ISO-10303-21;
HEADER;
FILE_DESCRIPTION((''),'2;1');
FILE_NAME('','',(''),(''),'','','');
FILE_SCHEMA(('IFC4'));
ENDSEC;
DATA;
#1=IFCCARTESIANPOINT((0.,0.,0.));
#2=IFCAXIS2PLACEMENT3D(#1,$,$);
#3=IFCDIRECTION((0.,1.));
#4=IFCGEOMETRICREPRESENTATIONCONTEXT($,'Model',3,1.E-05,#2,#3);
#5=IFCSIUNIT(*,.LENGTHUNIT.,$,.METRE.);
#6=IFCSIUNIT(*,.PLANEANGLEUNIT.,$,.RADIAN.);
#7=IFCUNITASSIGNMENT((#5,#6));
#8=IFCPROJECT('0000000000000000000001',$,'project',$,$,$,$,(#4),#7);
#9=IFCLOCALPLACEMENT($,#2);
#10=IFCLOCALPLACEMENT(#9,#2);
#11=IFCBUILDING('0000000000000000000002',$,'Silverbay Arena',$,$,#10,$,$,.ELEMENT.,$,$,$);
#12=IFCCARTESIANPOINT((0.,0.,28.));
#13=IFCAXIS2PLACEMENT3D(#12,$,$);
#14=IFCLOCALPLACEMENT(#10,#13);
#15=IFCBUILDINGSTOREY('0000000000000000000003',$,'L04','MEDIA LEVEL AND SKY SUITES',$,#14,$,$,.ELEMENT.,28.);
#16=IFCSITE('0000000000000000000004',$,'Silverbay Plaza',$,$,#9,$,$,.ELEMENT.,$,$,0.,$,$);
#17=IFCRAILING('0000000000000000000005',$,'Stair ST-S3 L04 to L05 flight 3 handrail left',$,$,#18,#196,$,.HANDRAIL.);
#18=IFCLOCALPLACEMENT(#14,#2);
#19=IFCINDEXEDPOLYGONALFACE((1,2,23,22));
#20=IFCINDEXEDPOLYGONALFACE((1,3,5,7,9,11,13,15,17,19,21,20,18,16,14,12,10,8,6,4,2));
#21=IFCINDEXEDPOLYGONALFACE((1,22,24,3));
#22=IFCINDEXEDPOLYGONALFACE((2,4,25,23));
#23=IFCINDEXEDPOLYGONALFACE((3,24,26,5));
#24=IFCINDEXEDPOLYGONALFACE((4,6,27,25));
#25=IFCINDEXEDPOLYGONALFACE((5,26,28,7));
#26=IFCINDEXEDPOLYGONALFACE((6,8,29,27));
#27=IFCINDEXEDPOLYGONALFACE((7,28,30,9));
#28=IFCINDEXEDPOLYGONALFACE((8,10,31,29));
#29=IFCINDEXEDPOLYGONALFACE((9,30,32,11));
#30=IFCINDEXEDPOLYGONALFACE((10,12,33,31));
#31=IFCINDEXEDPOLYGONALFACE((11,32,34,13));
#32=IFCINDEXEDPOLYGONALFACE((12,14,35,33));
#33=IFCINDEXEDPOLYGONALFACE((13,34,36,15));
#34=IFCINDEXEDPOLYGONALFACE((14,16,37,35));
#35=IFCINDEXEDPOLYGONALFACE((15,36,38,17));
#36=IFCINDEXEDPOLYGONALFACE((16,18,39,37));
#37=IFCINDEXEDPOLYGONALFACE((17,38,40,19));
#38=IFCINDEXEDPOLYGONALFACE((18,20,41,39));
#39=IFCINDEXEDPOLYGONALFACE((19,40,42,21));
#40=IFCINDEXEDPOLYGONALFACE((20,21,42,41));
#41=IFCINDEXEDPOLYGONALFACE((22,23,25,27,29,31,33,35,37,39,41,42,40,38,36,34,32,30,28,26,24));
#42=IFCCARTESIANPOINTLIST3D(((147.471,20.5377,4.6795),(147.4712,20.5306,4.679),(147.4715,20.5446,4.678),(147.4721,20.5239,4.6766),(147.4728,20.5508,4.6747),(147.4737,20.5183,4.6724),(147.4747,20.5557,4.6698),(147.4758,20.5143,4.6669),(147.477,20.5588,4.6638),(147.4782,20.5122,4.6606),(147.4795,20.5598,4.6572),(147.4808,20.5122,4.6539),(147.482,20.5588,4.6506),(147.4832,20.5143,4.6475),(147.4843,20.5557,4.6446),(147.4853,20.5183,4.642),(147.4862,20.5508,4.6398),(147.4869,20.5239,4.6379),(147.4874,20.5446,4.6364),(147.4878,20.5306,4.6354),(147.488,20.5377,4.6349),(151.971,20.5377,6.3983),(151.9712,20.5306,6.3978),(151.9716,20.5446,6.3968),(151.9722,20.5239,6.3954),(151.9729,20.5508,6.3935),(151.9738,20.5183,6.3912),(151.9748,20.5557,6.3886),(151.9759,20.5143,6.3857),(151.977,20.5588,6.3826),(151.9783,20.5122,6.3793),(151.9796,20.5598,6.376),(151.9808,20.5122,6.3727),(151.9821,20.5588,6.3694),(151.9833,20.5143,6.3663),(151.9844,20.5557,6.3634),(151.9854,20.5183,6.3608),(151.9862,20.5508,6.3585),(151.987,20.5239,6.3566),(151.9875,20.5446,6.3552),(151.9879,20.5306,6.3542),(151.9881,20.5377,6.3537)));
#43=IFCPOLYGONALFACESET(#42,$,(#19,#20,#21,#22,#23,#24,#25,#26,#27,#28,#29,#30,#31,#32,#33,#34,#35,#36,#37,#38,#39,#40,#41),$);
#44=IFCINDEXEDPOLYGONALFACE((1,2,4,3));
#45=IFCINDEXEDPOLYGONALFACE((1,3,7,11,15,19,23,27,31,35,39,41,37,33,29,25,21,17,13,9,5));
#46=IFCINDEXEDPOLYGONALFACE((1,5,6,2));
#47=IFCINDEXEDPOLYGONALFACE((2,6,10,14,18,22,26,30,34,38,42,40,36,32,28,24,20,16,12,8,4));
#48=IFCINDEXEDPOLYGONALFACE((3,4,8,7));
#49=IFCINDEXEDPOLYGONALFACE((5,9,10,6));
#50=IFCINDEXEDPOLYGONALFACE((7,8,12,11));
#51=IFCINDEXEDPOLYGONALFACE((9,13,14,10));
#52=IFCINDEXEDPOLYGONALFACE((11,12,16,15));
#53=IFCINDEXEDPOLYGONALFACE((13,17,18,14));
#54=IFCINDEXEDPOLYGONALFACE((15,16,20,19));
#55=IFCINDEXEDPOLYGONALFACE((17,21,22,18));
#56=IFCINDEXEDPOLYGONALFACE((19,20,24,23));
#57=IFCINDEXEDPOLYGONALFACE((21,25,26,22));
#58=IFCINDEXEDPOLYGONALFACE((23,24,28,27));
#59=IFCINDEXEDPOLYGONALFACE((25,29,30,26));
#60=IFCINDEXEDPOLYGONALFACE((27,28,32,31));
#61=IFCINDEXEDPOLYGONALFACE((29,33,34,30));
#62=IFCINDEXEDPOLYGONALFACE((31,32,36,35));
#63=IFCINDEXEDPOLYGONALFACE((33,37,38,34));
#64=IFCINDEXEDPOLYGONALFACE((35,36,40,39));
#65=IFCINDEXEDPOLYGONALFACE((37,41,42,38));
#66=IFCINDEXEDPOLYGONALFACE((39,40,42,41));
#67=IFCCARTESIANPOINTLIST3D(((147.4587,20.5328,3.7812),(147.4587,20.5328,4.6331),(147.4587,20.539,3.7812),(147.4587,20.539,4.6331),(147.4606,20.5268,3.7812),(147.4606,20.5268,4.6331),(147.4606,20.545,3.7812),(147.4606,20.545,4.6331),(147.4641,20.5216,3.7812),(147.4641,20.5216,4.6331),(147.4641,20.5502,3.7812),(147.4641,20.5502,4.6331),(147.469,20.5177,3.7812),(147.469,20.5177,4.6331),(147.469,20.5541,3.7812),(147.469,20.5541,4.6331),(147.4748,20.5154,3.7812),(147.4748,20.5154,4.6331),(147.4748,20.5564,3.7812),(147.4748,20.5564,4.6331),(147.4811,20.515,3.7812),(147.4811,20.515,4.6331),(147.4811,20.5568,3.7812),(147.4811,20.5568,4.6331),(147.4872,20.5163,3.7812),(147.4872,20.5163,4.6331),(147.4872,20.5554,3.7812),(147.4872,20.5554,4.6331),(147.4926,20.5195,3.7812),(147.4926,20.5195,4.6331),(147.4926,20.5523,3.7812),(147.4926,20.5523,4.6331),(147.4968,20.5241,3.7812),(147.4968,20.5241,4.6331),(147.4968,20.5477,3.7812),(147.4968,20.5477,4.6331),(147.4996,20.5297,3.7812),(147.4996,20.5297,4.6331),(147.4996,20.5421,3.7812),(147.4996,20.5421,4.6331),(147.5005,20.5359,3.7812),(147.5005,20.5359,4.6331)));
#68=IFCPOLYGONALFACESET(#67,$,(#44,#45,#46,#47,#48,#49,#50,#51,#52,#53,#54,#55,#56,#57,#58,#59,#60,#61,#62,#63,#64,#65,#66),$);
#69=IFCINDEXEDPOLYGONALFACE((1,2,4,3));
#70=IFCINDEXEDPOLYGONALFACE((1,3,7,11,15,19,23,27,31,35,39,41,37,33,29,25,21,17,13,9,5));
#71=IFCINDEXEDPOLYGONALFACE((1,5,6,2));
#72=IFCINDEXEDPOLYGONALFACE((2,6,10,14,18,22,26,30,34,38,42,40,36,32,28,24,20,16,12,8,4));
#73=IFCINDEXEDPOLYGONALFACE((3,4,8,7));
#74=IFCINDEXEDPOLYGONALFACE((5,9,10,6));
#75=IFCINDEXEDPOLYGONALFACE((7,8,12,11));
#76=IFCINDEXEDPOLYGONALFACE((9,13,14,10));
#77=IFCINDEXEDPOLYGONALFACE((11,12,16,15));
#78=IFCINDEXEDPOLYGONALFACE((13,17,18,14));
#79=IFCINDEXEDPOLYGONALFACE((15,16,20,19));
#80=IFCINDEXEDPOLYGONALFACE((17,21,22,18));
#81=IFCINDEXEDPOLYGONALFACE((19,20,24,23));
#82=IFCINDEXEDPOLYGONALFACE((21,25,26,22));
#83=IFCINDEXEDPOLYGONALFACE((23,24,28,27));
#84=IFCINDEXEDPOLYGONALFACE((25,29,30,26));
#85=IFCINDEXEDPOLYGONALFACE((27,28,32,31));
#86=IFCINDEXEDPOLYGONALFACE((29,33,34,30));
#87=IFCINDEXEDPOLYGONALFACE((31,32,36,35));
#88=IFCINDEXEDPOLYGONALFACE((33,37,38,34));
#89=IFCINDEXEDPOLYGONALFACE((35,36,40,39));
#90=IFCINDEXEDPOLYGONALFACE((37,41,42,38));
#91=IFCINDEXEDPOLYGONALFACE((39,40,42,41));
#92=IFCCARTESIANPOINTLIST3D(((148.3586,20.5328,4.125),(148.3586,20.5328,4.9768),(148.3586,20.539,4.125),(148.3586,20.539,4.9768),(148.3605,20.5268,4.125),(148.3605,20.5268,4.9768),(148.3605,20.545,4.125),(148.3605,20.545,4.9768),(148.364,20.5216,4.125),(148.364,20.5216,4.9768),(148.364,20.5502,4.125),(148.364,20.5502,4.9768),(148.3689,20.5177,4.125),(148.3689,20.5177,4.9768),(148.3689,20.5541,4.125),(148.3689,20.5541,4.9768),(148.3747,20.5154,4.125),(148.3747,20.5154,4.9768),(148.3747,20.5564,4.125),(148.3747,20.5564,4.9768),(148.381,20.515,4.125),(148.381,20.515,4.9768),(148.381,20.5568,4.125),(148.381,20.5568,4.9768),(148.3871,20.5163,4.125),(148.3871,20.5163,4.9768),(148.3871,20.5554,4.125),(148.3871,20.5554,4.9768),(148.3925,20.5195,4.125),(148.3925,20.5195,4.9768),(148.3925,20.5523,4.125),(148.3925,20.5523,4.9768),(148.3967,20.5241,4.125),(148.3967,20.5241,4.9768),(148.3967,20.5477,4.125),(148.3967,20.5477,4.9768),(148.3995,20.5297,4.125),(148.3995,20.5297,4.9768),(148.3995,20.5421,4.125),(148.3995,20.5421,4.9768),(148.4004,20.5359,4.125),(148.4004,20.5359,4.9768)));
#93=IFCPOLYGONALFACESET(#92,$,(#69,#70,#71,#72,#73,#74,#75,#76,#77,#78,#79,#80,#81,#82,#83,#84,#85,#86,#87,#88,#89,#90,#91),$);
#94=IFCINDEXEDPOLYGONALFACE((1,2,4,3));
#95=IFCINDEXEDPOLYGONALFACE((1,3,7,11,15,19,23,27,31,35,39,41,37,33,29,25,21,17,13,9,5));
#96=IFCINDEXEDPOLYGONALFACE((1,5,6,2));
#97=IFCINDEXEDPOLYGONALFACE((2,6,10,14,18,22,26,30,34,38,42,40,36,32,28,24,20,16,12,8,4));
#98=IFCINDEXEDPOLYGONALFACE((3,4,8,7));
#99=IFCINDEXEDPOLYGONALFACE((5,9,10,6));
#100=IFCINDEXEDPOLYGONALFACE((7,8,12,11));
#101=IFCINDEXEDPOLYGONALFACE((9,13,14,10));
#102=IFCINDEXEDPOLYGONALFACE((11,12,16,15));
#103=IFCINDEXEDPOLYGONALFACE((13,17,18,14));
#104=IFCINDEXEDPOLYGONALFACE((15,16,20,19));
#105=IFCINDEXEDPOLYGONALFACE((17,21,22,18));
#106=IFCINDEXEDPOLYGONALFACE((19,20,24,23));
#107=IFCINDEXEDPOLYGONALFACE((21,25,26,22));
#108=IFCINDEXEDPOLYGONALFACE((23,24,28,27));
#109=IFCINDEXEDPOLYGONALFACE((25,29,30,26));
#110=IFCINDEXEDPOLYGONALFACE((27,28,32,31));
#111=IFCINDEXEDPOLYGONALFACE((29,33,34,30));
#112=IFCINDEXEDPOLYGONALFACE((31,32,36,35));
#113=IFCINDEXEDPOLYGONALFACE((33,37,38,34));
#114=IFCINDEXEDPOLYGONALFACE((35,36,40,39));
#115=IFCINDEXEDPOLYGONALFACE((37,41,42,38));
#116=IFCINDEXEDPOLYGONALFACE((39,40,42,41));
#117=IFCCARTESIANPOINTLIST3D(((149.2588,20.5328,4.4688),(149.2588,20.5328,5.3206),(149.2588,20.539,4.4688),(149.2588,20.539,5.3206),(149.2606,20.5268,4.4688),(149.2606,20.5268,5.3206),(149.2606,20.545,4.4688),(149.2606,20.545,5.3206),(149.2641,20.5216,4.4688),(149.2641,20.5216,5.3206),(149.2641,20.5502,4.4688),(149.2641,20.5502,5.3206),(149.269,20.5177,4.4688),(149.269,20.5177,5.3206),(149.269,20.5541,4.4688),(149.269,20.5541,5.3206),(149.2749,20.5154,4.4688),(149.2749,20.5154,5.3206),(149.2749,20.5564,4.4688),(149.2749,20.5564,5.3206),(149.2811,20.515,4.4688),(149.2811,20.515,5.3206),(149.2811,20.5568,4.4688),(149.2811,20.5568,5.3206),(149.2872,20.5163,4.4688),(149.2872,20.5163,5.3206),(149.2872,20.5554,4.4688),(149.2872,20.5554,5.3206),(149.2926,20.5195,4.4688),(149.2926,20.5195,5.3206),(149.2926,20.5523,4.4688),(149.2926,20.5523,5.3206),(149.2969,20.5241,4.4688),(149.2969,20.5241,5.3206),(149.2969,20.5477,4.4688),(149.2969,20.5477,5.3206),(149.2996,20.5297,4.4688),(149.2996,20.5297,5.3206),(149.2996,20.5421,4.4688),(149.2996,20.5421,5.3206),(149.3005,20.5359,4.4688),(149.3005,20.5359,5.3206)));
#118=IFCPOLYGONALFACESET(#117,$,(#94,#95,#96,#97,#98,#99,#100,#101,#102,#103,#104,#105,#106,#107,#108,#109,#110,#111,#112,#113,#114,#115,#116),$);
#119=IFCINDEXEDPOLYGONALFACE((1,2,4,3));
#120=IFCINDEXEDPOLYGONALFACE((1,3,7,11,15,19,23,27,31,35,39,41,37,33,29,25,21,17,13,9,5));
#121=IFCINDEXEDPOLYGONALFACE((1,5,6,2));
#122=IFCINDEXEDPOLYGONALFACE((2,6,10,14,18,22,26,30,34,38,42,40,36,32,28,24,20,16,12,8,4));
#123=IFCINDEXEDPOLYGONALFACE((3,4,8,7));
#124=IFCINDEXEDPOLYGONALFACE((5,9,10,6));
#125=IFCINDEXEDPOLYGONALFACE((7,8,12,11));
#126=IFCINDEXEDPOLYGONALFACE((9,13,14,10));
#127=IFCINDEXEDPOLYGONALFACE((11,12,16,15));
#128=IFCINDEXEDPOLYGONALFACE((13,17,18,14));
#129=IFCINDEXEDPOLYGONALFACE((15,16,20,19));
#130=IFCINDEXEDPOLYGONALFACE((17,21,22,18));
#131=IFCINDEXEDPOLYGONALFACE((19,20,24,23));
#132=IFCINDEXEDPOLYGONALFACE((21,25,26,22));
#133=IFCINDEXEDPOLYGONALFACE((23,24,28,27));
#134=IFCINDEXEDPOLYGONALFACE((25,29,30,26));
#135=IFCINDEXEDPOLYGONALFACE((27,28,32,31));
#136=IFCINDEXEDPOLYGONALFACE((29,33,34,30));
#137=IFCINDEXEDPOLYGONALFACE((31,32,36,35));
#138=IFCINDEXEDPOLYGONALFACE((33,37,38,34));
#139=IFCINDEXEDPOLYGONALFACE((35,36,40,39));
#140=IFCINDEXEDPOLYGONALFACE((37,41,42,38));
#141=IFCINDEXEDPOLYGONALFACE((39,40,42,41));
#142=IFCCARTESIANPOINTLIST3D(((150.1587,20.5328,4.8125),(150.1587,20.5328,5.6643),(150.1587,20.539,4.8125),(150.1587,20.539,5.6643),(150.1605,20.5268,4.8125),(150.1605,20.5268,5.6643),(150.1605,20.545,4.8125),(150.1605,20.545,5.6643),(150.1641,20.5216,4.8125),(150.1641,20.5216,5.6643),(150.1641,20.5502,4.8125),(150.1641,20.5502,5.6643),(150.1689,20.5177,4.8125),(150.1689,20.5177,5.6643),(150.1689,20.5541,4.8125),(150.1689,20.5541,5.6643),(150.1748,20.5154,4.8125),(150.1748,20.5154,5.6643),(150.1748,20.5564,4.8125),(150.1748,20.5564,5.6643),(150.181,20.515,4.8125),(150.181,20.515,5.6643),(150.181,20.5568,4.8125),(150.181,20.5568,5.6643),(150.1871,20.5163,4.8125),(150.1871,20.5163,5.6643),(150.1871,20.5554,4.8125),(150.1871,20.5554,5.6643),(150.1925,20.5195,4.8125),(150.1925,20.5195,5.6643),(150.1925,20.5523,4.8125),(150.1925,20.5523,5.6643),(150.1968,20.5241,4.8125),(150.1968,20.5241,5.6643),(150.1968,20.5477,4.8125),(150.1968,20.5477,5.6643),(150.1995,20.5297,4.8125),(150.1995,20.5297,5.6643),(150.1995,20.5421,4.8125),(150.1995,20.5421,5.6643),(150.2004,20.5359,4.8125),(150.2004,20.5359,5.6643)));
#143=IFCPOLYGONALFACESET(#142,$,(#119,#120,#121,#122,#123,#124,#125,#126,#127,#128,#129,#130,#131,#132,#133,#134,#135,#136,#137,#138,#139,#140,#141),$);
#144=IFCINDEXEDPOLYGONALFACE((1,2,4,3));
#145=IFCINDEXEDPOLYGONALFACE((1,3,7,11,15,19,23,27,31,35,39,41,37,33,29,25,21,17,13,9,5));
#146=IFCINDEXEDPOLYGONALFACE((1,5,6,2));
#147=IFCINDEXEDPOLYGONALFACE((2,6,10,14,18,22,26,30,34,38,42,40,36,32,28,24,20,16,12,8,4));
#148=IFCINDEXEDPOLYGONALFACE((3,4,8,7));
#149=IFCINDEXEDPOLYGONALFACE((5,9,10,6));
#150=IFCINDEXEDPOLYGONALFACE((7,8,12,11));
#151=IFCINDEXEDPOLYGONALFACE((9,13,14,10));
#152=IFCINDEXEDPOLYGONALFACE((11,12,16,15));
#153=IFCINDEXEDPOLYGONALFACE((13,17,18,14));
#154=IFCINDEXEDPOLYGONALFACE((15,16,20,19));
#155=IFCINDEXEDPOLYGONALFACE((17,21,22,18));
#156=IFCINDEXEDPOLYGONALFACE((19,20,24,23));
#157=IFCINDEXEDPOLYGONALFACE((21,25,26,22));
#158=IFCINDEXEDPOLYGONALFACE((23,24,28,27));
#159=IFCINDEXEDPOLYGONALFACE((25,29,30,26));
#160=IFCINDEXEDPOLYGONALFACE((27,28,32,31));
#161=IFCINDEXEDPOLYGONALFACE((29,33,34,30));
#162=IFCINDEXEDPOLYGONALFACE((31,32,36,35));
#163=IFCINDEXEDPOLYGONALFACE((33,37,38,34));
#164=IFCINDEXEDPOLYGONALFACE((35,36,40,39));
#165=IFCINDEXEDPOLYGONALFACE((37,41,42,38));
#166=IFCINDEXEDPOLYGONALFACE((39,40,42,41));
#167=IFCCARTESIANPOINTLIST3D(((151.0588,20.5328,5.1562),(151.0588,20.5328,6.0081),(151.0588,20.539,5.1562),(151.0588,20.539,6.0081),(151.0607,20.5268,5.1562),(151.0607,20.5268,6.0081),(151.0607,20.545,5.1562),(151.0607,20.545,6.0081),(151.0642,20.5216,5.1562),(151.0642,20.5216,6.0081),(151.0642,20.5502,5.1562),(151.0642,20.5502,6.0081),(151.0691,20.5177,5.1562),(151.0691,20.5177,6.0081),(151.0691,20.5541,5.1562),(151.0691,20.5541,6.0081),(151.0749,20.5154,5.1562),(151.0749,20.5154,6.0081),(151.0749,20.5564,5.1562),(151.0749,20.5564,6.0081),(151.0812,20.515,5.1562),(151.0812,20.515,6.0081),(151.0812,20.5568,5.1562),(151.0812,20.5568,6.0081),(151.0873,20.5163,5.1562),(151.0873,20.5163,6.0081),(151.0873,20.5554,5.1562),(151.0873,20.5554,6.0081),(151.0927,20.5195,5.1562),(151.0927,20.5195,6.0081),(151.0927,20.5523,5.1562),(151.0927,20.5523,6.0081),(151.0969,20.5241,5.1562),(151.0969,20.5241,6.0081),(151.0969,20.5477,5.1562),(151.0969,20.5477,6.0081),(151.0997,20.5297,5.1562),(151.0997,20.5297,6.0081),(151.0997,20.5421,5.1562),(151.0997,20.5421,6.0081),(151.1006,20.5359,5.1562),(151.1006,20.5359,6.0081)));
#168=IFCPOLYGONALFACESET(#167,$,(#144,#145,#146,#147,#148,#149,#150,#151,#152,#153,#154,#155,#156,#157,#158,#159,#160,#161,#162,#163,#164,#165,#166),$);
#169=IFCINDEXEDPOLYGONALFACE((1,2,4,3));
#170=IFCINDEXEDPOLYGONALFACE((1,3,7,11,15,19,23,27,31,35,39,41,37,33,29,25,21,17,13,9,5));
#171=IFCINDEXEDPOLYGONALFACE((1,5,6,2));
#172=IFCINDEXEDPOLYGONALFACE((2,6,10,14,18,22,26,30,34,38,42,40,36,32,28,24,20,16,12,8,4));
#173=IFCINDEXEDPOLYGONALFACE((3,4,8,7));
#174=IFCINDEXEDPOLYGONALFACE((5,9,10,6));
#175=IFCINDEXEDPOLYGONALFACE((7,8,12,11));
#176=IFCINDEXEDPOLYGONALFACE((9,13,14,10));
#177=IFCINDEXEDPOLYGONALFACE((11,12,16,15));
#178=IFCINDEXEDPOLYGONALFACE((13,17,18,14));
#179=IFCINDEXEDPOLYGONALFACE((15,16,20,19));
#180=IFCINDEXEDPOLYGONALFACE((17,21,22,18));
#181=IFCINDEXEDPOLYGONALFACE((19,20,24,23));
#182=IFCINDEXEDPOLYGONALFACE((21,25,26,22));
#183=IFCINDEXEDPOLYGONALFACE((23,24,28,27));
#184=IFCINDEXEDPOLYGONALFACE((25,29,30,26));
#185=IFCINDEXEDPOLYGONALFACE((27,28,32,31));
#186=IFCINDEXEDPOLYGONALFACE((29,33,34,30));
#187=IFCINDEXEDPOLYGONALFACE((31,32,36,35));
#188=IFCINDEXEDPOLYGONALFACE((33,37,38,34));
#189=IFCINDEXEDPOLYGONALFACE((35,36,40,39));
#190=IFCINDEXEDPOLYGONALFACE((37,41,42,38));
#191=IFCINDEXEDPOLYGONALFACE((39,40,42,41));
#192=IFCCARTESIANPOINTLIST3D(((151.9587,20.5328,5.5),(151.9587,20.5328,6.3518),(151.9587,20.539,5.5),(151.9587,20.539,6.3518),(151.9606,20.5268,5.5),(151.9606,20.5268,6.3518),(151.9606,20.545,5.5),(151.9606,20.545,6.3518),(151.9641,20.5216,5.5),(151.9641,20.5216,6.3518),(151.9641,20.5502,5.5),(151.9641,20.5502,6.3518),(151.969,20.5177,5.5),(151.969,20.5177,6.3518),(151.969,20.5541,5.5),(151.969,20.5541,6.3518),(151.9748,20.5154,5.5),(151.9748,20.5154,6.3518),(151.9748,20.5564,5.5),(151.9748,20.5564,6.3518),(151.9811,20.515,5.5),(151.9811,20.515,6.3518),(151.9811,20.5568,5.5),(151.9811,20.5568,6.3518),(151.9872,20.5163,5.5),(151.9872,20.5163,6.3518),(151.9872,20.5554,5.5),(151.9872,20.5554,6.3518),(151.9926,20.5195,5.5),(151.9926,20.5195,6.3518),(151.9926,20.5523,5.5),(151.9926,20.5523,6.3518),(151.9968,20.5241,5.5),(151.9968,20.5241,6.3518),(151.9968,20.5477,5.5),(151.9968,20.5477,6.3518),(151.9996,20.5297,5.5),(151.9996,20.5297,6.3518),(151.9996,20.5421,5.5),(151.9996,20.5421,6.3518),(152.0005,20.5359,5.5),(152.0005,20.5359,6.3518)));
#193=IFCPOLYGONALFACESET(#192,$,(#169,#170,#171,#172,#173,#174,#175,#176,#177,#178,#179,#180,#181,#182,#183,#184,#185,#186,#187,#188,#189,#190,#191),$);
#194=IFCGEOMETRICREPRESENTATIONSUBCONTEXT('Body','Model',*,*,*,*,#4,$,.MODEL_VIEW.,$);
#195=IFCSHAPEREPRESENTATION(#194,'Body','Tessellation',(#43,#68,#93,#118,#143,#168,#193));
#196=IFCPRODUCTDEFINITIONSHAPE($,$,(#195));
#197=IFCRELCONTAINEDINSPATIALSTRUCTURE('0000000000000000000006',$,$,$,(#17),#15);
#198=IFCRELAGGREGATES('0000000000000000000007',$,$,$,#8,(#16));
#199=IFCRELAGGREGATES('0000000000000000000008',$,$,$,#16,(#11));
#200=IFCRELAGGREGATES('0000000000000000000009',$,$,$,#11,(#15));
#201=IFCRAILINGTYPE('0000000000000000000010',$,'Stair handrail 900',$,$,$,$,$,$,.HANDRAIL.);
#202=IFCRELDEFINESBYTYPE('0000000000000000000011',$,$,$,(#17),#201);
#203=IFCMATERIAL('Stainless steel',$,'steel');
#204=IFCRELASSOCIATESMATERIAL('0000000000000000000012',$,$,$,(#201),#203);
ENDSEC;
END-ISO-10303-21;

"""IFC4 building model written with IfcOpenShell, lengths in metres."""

from ifc_helpers import new_model, si_unit, direction, frame, origin, origin_2d, place, context, subcontext, project, spatial, circle, extrude, material, type_object, element, save


model = new_model("IFC4")

# Units and contexts
model_context = context("Model", 3, precision=1e-05, world=origin(), true_north=direction((0.0, 1.0)))
body_context = subcontext(model_context, "Body", "Model", "MODEL_VIEW")
ifc_project = project(units=[si_unit("LENGTHUNIT", "METRE"), si_unit("PLANEANGLEUNIT", "RADIAN")], contexts=[model_context])

# Site, building, storey
site_placement = place(None, origin())
site = spatial("IfcSite", under=ifc_project, at=site_placement, Name="Silverbay Plaza", CompositionType="ELEMENT", RefElevation=0.0)
building_placement = place(site_placement, origin())
building = spatial("IfcBuilding", under=site, at=building_placement, Name="Silverbay Arena", CompositionType="ELEMENT")
storey_placement = place(building_placement, frame((0.0, 0.0, 28.0)))
storey = spatial("IfcBuildingStorey", under=building, at=storey_placement, Name="L04", Description="MEDIA LEVEL AND SKY SUITES", CompositionType="ELEMENT", Elevation=28.0)

# Railing
ifc_material_1 = material(Name="Stainless steel", Category="steel")
railing_type_1 = type_object("IfcRailingType", Name="Stair handrail 900", PredefinedType="HANDRAIL", material=ifc_material_1)
for number, where, name in (
    (1, (147.4795, 20.5359, 3.7812), "Stair ST-S3 L04 to L05 flight 3 handrail left"),
):
    element("IfcRailing", number, at=place(storey_placement, frame(where)), inside=storey, type_object=railing_type_1, Name=name, PredefinedType="HANDRAIL", context=body_context, shape_type="SweptSolid", body=[
        extrude(circle(Radius=0.0239, at=origin_2d()), frame((0.0, 0.0, 0.876), z_axis=(0.934179, 0.0, 0.356805), x_axis=(0.0, 1.0, 0.0)), (0.0, 0.0, 1.0), 4.8171),
        extrude(circle(Radius=0.021, at=origin_2d()), origin(), (0.0, 0.0, 1.0), 0.8518),
        extrude(circle(Radius=0.021, at=origin_2d()), frame((0.8999, 0.0, 0.3438)), (0.0, 0.0, 1.0), 0.8518),
        extrude(circle(Radius=0.021, at=origin_2d()), frame((1.8, 0.0, 0.6875)), (0.0, 0.0, 1.0), 0.8518),
        extrude(circle(Radius=0.021, at=origin_2d()), frame((2.7, 0.0, 1.0312)), (0.0, 0.0, 1.0), 0.8518),
        extrude(circle(Radius=0.021, at=origin_2d()), frame((3.6001, 0.0, 1.375)), (0.0, 0.0, 1.0), 0.8518),
        extrude(circle(Radius=0.021, at=origin_2d()), frame((4.5, 0.0, 1.7188)), (0.0, 0.0, 1.0), 0.8518),
    ])

save(model, "model.ifc")
